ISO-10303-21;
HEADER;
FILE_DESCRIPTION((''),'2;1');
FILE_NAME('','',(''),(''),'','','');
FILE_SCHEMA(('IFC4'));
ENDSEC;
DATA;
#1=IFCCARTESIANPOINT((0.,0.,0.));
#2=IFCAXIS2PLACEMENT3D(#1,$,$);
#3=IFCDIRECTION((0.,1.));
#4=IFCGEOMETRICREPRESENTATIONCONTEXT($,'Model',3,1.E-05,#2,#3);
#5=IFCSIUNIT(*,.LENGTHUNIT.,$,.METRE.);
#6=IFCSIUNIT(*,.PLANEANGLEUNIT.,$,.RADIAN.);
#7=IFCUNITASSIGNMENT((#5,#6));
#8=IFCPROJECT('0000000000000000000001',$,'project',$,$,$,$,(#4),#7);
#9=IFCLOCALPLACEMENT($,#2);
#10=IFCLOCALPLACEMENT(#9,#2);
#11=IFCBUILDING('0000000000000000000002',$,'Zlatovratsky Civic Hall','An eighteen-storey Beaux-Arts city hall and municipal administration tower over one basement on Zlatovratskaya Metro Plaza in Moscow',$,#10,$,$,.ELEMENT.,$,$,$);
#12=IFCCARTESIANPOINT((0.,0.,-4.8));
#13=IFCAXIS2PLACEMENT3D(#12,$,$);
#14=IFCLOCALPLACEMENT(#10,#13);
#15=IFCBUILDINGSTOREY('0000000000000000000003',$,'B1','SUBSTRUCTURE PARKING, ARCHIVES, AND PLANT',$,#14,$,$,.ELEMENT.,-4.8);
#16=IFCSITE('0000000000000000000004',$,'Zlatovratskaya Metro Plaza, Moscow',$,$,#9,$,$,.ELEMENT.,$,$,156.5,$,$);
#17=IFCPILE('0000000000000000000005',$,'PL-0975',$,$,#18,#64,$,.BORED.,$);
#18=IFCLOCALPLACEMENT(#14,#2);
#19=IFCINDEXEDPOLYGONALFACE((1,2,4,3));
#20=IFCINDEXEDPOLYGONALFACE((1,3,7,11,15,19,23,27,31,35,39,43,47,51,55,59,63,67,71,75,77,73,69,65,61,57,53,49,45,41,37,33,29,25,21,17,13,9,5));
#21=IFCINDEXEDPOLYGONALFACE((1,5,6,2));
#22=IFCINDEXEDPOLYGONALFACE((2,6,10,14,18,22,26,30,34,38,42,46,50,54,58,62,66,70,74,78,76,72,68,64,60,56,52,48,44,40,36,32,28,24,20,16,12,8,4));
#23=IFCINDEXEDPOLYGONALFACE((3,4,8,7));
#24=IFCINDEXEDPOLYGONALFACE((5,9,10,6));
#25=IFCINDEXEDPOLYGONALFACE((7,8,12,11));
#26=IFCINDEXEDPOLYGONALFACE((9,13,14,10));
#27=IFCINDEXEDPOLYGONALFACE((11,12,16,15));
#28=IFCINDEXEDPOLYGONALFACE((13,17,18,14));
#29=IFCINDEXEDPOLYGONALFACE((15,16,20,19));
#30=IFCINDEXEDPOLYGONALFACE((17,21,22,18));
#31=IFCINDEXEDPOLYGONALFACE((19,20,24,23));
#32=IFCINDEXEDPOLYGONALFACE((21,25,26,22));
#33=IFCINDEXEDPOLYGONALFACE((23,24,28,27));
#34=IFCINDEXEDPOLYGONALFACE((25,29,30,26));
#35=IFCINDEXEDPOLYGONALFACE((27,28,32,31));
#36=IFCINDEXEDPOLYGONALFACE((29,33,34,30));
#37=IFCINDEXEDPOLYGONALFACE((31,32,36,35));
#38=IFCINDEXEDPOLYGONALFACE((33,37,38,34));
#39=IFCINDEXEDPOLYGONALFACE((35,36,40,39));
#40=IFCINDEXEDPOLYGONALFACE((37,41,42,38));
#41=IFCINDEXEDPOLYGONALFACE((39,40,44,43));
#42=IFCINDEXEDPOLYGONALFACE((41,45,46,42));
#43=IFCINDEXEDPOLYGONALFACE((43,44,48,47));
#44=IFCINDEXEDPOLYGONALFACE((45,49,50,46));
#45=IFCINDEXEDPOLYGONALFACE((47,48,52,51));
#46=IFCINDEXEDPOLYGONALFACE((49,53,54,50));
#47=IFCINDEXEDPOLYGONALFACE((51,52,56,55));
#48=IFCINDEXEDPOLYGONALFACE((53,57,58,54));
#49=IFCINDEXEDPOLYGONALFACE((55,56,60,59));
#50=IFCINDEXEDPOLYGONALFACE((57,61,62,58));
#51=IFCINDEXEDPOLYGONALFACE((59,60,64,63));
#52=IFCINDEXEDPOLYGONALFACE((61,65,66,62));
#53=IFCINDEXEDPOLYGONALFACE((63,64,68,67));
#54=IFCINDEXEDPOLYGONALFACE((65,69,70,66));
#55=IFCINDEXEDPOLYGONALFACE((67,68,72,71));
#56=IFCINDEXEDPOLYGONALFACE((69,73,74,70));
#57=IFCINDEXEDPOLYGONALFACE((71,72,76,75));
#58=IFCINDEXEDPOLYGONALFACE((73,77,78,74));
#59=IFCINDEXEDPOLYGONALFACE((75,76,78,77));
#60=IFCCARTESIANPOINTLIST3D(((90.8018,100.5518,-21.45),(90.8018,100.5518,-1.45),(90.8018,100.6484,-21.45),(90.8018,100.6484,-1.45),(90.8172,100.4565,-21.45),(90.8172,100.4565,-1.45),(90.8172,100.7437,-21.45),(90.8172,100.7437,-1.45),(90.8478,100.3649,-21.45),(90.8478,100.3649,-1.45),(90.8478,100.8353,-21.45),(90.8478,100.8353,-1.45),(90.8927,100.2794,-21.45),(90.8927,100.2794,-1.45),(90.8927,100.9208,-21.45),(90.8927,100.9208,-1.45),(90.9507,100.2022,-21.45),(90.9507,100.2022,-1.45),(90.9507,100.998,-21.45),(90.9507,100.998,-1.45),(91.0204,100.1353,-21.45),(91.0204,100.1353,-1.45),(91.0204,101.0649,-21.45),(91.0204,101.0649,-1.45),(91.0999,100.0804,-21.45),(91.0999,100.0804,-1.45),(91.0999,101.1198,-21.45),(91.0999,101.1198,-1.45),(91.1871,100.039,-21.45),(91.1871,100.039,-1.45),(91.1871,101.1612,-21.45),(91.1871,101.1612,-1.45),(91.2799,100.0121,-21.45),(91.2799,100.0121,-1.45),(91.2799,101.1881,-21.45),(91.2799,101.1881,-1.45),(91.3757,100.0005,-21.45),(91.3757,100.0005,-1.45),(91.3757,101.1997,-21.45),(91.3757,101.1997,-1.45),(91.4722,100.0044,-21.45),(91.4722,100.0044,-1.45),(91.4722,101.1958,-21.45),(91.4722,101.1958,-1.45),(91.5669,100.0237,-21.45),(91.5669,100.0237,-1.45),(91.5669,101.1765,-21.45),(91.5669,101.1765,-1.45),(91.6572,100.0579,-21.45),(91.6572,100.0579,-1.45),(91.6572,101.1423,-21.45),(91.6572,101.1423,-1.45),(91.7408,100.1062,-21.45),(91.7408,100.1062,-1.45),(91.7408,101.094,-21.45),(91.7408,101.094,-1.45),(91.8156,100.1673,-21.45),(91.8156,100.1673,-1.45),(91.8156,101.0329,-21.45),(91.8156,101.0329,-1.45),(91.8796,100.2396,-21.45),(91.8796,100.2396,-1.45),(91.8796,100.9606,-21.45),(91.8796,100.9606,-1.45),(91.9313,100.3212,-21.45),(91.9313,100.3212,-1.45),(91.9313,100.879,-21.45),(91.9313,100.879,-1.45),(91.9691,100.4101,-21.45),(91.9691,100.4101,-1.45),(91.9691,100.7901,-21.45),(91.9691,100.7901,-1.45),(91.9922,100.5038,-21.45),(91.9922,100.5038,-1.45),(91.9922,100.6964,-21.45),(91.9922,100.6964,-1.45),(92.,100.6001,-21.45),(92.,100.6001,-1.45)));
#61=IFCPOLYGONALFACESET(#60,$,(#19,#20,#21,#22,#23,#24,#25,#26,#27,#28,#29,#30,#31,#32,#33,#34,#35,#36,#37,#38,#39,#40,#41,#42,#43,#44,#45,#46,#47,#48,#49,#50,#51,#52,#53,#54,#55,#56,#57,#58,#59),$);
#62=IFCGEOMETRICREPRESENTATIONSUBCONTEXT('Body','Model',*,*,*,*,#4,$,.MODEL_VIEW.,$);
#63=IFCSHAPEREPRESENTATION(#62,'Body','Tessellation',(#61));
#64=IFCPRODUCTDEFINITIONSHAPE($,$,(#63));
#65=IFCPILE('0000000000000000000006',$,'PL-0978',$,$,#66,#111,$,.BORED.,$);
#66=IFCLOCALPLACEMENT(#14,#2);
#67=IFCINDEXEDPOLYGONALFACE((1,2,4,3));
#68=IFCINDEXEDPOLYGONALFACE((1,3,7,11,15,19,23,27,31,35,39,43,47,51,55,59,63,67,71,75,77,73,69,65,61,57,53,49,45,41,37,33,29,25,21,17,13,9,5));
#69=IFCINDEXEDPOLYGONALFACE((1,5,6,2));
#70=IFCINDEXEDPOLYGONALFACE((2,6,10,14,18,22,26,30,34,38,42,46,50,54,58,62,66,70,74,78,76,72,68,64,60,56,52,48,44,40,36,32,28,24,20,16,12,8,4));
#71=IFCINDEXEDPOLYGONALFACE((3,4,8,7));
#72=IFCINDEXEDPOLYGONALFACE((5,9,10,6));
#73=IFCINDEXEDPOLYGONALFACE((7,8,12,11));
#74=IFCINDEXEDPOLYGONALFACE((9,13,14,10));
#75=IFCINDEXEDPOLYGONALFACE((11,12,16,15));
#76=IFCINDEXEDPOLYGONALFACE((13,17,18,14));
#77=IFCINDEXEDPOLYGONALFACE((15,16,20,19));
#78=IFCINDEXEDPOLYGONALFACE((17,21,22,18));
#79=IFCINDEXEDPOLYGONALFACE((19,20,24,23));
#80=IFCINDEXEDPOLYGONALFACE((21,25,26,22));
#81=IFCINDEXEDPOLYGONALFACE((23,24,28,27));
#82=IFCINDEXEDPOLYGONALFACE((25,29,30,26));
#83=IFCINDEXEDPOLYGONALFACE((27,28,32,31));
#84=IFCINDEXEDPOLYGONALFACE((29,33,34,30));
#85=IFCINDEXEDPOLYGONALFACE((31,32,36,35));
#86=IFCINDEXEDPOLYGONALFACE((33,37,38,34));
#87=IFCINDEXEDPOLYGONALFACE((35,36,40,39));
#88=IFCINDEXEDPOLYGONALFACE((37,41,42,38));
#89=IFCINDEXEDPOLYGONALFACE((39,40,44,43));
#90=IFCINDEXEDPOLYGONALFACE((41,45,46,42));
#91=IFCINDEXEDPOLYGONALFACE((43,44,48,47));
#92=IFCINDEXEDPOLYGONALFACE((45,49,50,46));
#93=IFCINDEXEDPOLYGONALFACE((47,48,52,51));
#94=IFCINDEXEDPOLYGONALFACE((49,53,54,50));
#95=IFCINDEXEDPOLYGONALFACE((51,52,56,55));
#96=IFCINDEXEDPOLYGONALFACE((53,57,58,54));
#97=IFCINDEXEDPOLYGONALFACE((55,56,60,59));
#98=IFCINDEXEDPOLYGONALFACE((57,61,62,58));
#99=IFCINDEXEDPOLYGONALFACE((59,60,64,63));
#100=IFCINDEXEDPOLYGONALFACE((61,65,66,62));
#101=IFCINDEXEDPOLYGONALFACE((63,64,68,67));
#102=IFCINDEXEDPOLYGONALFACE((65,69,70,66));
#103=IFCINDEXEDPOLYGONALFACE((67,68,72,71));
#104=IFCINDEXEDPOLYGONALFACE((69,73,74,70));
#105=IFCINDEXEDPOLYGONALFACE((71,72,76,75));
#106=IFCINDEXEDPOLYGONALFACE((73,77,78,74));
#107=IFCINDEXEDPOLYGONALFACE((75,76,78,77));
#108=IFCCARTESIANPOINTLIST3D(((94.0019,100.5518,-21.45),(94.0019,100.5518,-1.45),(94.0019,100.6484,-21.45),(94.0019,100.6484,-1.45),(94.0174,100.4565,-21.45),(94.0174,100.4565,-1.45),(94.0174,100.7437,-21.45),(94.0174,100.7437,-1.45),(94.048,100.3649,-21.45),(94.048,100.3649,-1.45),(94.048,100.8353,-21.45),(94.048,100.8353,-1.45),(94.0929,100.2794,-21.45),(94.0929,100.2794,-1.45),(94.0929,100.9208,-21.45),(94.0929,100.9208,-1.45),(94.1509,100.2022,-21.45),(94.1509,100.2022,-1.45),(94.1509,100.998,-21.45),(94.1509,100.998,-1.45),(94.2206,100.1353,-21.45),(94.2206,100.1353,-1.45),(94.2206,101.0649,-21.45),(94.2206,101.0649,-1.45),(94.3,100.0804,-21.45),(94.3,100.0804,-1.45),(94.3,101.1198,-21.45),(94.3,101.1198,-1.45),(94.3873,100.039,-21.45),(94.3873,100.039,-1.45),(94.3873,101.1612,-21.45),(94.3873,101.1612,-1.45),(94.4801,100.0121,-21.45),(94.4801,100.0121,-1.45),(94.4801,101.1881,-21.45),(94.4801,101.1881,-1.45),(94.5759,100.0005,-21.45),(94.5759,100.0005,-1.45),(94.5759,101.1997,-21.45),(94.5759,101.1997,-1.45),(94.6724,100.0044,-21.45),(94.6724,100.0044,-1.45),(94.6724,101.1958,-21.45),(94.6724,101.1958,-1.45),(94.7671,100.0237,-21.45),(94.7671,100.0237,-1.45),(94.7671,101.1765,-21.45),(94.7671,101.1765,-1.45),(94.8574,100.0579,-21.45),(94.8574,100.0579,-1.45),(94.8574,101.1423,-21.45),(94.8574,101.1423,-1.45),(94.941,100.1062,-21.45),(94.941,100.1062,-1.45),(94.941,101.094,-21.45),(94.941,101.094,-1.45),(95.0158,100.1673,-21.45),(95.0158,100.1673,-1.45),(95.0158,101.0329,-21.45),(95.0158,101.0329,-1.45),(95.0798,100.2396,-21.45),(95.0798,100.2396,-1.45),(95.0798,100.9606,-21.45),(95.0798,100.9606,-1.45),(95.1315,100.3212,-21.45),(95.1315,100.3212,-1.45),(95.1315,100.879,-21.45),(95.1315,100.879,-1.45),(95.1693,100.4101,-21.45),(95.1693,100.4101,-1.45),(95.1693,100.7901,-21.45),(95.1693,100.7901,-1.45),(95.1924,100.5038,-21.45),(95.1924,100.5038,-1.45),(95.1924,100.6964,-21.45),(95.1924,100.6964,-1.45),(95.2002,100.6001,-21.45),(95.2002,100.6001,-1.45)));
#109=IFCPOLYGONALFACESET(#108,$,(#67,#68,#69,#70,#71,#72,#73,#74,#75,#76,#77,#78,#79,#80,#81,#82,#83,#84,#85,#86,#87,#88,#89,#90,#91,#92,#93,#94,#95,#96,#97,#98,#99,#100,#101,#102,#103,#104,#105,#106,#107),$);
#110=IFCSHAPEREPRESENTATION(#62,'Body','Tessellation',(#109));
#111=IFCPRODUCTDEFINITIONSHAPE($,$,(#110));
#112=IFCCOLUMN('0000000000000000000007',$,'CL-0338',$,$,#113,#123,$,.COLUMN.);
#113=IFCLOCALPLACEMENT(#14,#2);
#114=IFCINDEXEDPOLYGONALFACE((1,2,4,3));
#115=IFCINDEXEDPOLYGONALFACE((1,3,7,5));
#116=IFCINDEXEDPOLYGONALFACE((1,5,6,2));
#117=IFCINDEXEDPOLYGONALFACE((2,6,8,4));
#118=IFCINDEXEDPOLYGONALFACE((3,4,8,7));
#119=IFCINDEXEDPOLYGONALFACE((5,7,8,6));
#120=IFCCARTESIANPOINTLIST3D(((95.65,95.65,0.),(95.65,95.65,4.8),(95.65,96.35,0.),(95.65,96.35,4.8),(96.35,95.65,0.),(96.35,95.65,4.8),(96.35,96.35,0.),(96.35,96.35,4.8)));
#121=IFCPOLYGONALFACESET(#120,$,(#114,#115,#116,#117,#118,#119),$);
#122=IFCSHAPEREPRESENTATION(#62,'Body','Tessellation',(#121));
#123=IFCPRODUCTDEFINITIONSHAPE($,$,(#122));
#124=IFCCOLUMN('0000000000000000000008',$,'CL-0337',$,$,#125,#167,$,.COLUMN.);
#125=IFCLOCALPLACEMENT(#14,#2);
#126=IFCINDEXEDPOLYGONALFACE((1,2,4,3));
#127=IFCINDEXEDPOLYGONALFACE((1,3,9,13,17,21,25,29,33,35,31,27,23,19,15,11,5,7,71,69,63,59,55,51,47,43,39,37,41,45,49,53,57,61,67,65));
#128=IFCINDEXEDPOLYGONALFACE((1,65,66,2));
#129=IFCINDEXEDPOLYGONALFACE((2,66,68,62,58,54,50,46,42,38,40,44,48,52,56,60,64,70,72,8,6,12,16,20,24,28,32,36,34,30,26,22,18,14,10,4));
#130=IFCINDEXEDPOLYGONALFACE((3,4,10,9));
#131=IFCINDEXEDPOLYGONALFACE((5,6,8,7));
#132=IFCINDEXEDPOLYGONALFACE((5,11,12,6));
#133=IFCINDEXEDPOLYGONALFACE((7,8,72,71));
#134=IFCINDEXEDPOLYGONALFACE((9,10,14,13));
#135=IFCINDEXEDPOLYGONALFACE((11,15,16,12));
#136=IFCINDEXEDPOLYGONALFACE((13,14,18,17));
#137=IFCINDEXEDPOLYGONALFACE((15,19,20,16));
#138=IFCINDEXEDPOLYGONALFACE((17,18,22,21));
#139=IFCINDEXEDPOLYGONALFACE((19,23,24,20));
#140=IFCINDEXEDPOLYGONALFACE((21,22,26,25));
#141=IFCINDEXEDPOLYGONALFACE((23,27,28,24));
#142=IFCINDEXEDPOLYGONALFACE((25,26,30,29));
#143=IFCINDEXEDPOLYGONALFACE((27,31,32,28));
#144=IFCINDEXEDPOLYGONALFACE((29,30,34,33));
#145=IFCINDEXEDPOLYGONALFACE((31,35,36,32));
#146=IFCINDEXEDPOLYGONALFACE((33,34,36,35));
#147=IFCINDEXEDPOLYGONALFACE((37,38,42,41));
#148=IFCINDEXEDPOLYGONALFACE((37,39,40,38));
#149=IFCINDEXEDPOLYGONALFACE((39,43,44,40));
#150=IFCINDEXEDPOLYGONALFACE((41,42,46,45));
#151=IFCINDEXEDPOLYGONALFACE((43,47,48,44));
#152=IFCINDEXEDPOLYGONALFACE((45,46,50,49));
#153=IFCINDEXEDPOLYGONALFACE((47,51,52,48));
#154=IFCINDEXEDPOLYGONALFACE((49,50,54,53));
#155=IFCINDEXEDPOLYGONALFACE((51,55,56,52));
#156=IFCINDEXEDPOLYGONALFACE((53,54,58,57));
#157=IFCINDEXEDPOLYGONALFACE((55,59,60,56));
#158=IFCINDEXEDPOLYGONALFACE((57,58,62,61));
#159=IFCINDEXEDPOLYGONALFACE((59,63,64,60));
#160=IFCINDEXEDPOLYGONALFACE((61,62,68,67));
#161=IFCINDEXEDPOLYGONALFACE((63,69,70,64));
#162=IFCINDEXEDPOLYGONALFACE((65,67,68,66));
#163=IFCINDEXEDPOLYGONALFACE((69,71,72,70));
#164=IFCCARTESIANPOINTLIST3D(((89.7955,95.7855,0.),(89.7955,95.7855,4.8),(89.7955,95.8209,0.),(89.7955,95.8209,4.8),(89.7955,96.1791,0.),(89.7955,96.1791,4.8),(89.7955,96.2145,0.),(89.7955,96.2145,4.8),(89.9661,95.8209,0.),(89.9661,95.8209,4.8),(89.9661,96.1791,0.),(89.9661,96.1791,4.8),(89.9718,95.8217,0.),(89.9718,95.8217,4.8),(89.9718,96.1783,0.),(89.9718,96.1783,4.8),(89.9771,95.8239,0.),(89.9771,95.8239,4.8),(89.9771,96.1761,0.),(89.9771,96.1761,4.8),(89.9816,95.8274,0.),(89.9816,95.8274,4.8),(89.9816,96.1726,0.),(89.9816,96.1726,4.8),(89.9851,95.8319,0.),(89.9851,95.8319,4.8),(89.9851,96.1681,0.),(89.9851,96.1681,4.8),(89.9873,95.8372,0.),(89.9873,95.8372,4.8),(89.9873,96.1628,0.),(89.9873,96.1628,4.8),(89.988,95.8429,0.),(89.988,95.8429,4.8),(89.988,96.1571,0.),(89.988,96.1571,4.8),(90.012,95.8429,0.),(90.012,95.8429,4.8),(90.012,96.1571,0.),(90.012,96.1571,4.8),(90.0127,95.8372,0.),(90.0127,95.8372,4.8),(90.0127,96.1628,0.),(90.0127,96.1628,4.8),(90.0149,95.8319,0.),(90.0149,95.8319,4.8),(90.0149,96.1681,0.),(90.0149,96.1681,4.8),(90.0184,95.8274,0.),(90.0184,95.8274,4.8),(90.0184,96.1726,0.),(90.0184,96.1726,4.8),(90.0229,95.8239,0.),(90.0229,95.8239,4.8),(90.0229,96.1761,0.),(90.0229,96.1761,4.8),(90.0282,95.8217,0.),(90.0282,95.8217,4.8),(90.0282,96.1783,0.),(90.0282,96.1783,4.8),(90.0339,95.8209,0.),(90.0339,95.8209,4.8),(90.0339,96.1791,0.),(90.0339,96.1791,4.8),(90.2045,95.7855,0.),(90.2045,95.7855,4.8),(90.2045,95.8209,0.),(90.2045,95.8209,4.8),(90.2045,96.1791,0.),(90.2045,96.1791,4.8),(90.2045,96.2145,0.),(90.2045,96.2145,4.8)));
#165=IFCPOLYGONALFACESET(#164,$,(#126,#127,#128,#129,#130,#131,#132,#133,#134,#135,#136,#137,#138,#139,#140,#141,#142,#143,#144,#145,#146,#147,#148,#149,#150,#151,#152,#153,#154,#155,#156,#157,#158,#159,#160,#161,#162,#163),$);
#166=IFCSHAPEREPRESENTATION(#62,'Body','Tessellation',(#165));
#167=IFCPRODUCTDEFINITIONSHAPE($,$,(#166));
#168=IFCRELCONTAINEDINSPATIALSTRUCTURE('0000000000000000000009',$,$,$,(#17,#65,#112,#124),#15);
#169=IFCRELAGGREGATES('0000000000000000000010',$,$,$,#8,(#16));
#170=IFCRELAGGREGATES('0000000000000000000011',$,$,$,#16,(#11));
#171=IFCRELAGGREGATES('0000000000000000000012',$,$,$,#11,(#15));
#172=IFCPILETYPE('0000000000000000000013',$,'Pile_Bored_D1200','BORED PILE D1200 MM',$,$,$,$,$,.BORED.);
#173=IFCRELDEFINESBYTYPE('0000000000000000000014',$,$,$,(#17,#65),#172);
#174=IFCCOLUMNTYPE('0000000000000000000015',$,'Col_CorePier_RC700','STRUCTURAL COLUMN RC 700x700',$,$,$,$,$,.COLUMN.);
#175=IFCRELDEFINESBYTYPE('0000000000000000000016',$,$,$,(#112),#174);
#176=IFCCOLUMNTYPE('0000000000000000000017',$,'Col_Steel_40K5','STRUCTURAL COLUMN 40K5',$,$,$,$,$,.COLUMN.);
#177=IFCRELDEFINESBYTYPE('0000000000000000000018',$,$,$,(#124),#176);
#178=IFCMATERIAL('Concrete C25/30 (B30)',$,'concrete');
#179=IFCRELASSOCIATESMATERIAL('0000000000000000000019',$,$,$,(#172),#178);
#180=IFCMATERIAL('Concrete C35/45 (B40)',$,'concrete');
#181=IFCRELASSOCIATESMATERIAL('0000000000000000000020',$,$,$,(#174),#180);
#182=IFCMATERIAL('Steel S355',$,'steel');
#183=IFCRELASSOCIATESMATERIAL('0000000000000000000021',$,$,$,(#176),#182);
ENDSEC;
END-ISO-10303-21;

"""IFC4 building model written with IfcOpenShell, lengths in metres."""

from ifc_helpers import new_model, si_unit, direction, frame, origin, origin_2d, place, context, subcontext, project, spatial, rectangle, circle, i_section, extrude, material, material_profile, profile_set, type_object, element, save


model = new_model("IFC4")

# Units and contexts
model_context = context("Model", 3, precision=1e-05, world=origin(), true_north=direction((0.0, 1.0)))
body_context = subcontext(model_context, "Body", "Model", "MODEL_VIEW")
ifc_project = project(units=[si_unit("LENGTHUNIT", "METRE"), si_unit("PLANEANGLEUNIT", "RADIAN")], contexts=[model_context])

# Site, building, storey
site_placement = place(None, origin())
site = spatial("IfcSite", under=ifc_project, at=site_placement, Name="Zlatovratskaya Metro Plaza, Moscow", CompositionType="ELEMENT", RefElevation=156.5)
building_placement = place(site_placement, origin())
building = spatial("IfcBuilding", under=site, at=building_placement, Name="Zlatovratsky Civic Hall", Description="An eighteen-storey Beaux-Arts city hall and municipal administration tower over one basement on Zlatovratskaya Metro Plaza in Moscow", CompositionType="ELEMENT")
storey_placement = place(building_placement, frame((0.0, 0.0, -4.8)))
storey = spatial("IfcBuildingStorey", under=building, at=storey_placement, Name="B1", Description="SUBSTRUCTURE PARKING, ARCHIVES, AND PLANT", CompositionType="ELEMENT", Elevation=-4.8)

# Shared definitions
ifc_material_1 = material(Name="Concrete C25/30 (B30)", Category="concrete")

# Piles
ifc_material_profile_1 = material_profile(ifc_material_1, circle(Radius=0.6001, at=origin_2d()), Name="PILE D1200")
ifc_profile_set_1 = profile_set([ifc_material_profile_1], Name="Concrete C25/30 (B30)")
pile_type = type_object("IfcPileType", Name="Pile_Bored_D1200", Description="BORED PILE D1200 MM", PredefinedType="BORED", material=ifc_profile_set_1)
for number, where, z_axis, x_axis, name in (
    (1, (91.3999, 100.6001, -1.45), (0.0, 0.0, -1.0), (1.0, 0.0, 0.0), "PL-0975"),
    (2, (94.6001, 100.6001, -1.45), (0.0, 0.0, -1.0), (1.0, 0.0, 0.0), "PL-0978"),
):
    element("IfcPile", number, at=place(storey_placement, frame(where, z_axis=z_axis, x_axis=x_axis)), inside=storey, type_object=pile_type, Name=name, PredefinedType="BORED", context=body_context, shape_type="SweptSolid", body=[
        extrude(circle(Radius=0.6001, at=origin_2d()), origin(), (0.0, 0.0, 1.0), 20.0),
    ])

# Columns
ifc_material_2 = material(Name="Concrete C35/45 (B40)", Category="concrete")
ifc_material_profile_2 = material_profile(ifc_material_2, rectangle(XDim=0.7, YDim=0.7, at=origin_2d()), Name="RC 700x700")
ifc_profile_set_2 = profile_set([ifc_material_profile_2], Name="Concrete C35/45 (B40)")
column_type_1 = type_object("IfcColumnType", Name="Col_CorePier_RC700", Description="STRUCTURAL COLUMN RC 700x700", PredefinedType="COLUMN", material=ifc_profile_set_2)
column_1_placement = place(storey_placement, frame((96.0, 96.0, 0.0), z_axis=(0.0, 0.0, 1.0), x_axis=(1.0, 0.0, 0.0)))
element("IfcColumn", 3, at=column_1_placement, inside=storey, type_object=column_type_1, Name="CL-0338", PredefinedType="COLUMN", context=body_context, shape_type="SweptSolid", body=[
    extrude(rectangle(XDim=0.7, YDim=0.7, at=origin_2d()), origin(), (0.0, 0.0, 1.0), 4.8),
])
ifc_material_3 = material(Name="Steel S355", Category="steel")
ifc_material_profile_3 = material_profile(ifc_material_3, i_section(OverallWidth=0.4089, OverallDepth=0.429, WebThickness=0.0239, FlangeThickness=0.0354, FilletRadius=0.022, at=origin_2d()), Name="40K5")
ifc_profile_set_3 = profile_set([ifc_material_profile_3], Name="Steel S355")
column_type_2 = type_object("IfcColumnType", Name="Col_Steel_40K5", Description="STRUCTURAL COLUMN 40K5", PredefinedType="COLUMN", material=ifc_profile_set_3)
column_2_placement = place(storey_placement, frame((90.0, 96.0, 0.0), z_axis=(0.0, 0.0, 1.0), x_axis=(1.0, 0.0, 0.0)))
element("IfcColumn", 4, at=column_2_placement, inside=storey, type_object=column_type_2, Name="CL-0337", PredefinedType="COLUMN", context=body_context, shape_type="SweptSolid", body=[
    extrude(i_section(OverallWidth=0.4089, OverallDepth=0.429, WebThickness=0.0239, FlangeThickness=0.0354, FilletRadius=0.022, at=origin_2d()), origin(), (0.0, 0.0, 1.0), 4.8),
])

save(model, "model.ifc")
